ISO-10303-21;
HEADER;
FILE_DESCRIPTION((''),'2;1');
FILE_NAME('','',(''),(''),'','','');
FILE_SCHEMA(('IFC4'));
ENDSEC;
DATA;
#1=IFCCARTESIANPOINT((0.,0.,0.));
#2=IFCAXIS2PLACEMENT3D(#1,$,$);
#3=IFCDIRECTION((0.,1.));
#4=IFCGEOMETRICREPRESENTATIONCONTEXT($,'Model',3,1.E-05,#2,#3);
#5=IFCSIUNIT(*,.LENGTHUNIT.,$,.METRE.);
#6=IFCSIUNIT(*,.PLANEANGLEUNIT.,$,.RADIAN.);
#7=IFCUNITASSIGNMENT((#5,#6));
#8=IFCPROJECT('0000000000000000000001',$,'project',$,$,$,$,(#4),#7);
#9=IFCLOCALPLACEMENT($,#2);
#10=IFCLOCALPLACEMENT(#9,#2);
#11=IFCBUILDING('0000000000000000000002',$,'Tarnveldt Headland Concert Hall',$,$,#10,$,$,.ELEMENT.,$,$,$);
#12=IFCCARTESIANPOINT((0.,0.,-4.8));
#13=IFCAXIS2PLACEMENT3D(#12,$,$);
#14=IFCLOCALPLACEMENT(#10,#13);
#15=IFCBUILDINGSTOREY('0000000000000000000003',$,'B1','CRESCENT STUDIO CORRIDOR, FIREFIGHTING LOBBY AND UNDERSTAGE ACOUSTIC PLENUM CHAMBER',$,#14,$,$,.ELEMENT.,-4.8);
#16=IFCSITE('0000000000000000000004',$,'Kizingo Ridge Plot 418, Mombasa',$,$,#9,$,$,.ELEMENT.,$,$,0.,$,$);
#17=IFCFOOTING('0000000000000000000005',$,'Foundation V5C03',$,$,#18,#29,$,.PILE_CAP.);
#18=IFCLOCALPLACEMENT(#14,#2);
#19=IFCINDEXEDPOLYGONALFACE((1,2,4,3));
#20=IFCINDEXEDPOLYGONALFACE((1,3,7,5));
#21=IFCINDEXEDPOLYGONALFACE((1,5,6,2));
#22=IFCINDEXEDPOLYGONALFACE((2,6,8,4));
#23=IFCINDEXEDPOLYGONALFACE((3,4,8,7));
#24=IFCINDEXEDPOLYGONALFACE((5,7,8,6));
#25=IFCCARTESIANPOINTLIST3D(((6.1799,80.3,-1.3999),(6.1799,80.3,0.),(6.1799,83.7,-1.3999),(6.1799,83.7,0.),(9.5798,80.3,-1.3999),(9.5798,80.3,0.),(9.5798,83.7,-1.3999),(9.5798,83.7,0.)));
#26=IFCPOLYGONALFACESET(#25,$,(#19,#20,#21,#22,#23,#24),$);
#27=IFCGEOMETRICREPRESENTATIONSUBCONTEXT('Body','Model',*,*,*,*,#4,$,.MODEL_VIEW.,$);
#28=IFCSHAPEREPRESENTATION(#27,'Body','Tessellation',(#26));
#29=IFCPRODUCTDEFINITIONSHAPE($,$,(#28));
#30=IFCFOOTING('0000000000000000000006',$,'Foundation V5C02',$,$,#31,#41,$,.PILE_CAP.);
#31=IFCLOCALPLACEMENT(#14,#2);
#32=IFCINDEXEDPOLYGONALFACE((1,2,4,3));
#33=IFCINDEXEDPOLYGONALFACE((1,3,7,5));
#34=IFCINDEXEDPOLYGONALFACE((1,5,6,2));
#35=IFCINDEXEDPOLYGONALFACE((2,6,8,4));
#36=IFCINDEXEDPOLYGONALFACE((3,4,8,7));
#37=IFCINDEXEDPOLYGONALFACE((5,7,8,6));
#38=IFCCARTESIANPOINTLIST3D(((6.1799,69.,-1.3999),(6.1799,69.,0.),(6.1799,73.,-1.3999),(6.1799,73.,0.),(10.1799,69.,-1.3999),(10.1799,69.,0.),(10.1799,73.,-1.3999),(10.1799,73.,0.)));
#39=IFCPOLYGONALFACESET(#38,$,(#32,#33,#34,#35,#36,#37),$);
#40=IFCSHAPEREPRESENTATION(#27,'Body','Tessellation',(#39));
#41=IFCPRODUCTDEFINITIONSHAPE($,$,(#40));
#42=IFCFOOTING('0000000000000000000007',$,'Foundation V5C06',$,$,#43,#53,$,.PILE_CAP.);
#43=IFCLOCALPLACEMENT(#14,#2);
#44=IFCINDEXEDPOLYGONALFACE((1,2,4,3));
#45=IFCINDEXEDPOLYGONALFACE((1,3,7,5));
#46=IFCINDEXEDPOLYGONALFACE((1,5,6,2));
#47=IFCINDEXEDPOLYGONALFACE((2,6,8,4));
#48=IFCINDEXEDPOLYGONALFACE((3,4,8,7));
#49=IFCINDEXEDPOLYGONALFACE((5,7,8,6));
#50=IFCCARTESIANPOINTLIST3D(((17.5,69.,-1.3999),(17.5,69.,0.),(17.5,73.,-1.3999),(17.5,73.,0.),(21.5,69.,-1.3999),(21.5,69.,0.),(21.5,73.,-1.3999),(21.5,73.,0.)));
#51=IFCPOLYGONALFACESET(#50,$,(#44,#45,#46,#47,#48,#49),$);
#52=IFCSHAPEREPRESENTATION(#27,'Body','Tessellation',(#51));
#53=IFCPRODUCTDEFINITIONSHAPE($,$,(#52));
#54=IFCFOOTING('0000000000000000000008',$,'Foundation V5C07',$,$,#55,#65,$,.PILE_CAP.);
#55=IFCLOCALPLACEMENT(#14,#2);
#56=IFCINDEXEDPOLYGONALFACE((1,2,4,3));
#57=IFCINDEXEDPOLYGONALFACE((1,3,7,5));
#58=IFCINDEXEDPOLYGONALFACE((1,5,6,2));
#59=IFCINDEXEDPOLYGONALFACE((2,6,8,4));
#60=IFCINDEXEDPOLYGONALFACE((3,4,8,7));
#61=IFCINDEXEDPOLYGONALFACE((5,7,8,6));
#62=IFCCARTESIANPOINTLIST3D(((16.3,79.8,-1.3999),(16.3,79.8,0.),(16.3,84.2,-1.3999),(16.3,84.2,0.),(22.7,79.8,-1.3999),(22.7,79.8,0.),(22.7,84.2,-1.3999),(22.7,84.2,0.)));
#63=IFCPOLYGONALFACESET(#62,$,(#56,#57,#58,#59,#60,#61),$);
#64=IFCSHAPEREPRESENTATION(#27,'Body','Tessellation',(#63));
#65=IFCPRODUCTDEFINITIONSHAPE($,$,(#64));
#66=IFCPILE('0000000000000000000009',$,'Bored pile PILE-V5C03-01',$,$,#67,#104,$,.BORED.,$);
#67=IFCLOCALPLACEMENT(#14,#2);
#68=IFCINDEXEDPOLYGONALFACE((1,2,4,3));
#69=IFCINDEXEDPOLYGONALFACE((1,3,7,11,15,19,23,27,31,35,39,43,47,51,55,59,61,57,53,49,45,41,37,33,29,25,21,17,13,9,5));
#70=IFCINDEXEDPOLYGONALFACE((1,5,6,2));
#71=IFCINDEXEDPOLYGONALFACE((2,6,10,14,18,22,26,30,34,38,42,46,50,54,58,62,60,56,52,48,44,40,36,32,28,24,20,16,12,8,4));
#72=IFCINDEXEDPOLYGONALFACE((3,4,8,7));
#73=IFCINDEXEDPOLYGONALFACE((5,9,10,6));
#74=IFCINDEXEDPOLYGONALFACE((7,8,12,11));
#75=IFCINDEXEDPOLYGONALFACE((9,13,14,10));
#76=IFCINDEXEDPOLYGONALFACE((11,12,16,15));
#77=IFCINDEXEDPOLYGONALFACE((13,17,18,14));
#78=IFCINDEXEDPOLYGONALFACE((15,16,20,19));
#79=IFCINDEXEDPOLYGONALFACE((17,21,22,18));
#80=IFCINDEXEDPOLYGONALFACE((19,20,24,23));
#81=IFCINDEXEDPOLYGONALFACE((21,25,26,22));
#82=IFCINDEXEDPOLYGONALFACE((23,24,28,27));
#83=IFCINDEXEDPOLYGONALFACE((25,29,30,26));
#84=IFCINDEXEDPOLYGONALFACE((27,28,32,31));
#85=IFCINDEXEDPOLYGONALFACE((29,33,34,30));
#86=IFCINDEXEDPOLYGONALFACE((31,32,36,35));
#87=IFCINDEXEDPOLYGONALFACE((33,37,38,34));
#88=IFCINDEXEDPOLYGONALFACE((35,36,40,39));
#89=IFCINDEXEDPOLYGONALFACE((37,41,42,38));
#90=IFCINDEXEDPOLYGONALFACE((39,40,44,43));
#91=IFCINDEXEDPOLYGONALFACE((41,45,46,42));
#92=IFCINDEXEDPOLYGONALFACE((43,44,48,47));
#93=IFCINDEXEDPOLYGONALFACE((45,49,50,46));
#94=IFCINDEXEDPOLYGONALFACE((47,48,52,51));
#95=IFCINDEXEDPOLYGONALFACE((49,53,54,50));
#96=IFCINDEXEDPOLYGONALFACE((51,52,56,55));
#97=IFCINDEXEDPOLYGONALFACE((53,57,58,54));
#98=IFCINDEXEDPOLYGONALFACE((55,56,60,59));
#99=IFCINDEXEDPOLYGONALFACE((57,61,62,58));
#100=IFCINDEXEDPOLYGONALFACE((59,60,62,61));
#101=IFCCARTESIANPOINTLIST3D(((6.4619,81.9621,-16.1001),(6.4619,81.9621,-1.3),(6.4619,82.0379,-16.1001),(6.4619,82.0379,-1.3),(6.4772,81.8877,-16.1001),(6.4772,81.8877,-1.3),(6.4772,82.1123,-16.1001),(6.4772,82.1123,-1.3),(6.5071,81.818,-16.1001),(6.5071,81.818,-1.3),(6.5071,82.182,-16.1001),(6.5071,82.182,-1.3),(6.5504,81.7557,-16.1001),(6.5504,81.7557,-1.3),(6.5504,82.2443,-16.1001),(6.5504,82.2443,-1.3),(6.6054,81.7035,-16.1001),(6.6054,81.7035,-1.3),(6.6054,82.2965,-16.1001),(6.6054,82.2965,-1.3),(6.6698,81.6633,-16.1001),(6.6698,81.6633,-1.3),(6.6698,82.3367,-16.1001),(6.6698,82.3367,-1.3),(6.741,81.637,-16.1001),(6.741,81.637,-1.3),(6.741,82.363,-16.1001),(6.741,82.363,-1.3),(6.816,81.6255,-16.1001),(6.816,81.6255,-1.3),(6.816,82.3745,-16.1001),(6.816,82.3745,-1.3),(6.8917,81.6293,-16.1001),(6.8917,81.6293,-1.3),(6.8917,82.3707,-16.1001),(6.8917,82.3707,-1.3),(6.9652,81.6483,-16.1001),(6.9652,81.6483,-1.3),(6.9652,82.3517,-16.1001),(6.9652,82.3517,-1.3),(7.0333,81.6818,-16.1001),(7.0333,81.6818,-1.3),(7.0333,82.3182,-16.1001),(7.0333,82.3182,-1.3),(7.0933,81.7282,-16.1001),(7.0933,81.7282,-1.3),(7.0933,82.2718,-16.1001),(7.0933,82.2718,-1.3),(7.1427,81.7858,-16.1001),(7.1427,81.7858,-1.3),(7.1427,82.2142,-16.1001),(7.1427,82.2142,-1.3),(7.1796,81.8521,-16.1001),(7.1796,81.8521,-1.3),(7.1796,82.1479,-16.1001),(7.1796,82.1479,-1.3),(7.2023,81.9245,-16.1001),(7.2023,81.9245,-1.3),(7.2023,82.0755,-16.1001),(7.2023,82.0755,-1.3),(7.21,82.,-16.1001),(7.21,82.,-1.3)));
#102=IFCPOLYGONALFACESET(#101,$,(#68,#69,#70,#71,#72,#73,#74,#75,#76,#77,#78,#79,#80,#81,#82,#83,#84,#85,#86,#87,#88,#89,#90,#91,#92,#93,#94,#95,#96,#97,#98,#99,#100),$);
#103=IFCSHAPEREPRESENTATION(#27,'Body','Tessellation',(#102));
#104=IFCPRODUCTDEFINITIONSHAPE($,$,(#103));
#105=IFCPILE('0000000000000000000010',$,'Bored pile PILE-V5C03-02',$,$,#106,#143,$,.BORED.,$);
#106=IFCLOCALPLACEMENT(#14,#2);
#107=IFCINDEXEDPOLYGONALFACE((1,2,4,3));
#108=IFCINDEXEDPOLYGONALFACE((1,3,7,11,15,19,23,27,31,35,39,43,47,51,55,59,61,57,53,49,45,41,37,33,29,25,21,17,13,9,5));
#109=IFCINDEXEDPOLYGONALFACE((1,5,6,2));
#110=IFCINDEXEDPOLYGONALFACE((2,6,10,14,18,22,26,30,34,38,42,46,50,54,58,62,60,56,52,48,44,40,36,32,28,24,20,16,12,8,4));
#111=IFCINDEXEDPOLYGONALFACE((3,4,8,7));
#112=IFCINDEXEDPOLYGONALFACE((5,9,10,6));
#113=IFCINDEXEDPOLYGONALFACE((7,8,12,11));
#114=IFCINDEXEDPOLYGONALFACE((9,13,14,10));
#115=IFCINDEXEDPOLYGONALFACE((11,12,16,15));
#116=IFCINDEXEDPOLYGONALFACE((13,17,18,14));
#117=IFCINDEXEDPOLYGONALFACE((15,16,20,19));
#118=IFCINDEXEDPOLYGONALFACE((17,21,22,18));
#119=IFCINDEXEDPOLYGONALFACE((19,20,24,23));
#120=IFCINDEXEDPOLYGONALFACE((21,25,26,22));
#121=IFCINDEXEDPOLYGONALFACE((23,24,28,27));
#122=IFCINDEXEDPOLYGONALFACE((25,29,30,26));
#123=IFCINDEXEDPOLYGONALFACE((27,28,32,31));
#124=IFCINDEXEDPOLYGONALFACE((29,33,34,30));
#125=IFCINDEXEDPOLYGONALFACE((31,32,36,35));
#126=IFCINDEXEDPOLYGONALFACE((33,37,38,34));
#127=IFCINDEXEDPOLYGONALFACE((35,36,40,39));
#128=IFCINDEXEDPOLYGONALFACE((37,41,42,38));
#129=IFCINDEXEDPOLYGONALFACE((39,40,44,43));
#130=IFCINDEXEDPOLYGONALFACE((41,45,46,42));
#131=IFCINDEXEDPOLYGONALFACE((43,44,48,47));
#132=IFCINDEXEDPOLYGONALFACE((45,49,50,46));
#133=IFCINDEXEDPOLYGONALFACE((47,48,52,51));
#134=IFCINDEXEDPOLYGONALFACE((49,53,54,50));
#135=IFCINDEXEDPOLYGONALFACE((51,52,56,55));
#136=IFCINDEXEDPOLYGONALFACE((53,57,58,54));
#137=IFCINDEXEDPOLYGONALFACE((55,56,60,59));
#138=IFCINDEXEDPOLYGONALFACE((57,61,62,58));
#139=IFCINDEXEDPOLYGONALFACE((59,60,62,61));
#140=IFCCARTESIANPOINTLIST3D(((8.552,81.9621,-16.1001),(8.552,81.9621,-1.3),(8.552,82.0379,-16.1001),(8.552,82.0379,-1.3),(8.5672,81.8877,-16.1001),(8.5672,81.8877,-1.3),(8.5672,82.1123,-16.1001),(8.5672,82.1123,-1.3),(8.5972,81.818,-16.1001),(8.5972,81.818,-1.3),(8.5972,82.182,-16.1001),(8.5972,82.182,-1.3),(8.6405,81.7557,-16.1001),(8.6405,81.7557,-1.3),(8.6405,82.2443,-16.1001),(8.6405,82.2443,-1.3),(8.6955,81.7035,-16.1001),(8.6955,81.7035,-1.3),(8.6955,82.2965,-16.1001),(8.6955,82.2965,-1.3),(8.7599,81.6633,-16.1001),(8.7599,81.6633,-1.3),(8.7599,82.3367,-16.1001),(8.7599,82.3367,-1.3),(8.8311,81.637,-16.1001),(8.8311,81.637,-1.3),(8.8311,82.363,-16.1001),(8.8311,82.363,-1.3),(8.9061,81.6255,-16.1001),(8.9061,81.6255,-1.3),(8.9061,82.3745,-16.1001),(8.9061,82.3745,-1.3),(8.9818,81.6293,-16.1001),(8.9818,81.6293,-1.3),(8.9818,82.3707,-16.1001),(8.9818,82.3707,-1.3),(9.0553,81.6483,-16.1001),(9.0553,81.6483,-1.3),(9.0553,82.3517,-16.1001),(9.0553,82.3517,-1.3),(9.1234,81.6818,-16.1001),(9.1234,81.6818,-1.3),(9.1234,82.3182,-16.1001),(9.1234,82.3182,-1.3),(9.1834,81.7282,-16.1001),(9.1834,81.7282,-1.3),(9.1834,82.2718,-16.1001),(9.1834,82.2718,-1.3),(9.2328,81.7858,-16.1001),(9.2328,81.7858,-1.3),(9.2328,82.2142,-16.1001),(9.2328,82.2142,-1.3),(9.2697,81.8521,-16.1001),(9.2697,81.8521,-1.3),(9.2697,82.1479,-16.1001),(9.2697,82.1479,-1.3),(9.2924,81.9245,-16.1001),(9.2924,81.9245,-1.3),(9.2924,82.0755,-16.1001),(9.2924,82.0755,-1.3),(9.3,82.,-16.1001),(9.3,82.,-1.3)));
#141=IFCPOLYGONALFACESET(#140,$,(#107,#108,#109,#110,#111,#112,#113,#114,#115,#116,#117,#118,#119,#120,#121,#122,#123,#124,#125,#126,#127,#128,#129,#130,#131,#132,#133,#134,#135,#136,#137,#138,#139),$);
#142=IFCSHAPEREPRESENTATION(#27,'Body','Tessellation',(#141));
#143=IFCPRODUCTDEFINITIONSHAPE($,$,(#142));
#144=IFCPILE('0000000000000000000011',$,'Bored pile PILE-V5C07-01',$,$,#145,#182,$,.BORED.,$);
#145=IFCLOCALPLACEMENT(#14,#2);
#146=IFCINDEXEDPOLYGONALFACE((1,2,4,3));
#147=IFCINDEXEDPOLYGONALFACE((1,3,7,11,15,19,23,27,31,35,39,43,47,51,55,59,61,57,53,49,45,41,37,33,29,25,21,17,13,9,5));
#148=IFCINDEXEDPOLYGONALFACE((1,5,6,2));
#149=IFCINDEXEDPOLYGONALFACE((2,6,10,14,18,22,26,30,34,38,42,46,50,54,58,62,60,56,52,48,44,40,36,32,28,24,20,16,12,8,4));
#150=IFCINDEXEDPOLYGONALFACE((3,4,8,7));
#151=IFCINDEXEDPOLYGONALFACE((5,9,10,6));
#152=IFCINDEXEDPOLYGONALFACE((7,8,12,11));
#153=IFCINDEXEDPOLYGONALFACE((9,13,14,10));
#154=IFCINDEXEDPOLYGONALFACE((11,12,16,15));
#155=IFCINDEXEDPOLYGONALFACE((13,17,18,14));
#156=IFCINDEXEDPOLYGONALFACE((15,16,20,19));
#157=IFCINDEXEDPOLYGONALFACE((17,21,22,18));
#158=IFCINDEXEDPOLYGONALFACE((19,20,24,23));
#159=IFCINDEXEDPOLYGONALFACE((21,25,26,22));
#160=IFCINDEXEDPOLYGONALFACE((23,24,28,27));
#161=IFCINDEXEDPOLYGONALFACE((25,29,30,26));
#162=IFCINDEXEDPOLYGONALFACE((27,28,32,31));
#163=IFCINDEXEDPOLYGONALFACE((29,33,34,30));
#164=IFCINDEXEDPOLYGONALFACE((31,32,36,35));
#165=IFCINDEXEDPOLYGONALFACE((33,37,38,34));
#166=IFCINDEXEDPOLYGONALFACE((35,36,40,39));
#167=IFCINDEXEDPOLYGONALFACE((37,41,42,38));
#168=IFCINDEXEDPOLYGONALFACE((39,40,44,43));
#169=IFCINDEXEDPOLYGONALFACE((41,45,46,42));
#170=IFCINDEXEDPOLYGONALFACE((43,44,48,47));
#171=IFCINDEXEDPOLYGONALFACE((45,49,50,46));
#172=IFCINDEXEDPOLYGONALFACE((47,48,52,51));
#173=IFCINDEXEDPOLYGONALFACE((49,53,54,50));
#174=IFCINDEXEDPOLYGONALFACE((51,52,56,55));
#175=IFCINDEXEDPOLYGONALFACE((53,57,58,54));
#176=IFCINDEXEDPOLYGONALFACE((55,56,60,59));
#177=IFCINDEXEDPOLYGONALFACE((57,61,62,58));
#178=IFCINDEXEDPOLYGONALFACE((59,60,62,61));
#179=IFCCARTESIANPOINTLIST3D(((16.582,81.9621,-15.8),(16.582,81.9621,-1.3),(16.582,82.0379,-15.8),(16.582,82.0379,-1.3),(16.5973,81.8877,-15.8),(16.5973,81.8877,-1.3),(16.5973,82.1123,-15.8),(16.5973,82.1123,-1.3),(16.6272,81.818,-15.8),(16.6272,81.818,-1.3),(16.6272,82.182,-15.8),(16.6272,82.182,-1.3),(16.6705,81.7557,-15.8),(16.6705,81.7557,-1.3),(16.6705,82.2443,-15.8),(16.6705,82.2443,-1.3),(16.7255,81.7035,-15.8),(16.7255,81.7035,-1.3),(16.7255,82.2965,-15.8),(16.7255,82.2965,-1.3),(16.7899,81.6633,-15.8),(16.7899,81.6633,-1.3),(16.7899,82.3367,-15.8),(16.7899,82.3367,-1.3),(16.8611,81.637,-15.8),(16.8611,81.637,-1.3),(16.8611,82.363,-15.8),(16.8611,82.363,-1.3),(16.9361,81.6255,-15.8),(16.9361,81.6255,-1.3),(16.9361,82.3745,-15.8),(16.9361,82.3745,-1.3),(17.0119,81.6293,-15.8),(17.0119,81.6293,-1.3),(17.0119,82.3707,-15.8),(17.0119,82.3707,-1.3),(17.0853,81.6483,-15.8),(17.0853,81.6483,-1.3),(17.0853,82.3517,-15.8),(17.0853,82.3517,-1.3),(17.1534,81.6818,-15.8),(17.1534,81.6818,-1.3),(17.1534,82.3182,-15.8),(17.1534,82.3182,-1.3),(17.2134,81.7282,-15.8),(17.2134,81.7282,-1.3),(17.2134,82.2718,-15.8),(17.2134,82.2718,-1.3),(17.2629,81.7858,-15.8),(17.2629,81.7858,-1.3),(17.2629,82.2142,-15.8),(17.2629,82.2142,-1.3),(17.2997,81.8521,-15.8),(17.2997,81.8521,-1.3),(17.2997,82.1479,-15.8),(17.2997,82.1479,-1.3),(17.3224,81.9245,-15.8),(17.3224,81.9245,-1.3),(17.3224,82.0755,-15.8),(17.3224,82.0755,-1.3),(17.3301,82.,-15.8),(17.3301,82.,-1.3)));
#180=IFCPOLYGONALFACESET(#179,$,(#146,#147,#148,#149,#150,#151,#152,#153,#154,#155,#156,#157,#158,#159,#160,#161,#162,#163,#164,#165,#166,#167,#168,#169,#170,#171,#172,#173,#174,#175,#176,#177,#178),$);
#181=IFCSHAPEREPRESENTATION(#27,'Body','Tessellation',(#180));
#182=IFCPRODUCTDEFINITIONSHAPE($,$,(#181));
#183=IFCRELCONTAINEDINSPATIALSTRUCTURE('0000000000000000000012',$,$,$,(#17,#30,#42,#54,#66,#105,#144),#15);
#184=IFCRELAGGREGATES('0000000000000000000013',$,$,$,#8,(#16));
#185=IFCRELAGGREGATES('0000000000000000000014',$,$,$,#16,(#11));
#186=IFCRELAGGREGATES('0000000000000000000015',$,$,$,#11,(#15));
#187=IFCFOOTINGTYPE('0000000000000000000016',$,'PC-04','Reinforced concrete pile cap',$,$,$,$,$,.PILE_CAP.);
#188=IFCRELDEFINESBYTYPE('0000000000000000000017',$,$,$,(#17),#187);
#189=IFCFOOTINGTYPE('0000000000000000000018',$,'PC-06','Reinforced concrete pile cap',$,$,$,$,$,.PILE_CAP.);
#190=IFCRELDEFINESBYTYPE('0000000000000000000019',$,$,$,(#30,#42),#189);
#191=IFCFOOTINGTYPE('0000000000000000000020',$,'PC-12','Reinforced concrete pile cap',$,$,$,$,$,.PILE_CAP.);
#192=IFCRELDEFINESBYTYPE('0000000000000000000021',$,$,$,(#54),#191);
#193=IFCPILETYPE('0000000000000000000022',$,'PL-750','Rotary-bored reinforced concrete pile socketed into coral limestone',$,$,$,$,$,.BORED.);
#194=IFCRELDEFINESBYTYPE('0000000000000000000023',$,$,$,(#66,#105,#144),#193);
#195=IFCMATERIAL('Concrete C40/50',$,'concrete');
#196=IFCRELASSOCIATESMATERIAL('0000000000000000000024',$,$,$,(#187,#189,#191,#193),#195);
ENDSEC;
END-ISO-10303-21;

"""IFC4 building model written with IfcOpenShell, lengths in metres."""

from ifc_helpers import new_model, si_unit, direction, frame, origin, origin_2d, place, context, subcontext, project, spatial, rectangle, circle, extrude, material, material_profile, profile_set, type_object, element, save


model = new_model("IFC4")

# Units and contexts
model_context = context("Model", 3, precision=1e-05, world=origin(), true_north=direction((0.0, 1.0)))
body_context = subcontext(model_context, "Body", "Model", "MODEL_VIEW")
ifc_project = project(units=[si_unit("LENGTHUNIT", "METRE"), si_unit("PLANEANGLEUNIT", "RADIAN")], contexts=[model_context])

# Site, building, storey
site_placement = place(None, origin())
site = spatial("IfcSite", under=ifc_project, at=site_placement, Name="Kizingo Ridge Plot 418, Mombasa", CompositionType="ELEMENT", RefElevation=0.0)
building_placement = place(site_placement, origin())
building = spatial("IfcBuilding", under=site, at=building_placement, Name="Tarnveldt Headland Concert Hall", CompositionType="ELEMENT")
storey_placement = place(building_placement, frame((0.0, 0.0, -4.8)))
storey = spatial("IfcBuildingStorey", under=building, at=storey_placement, Name="B1", Description="CRESCENT STUDIO CORRIDOR, FIREFIGHTING LOBBY AND UNDERSTAGE ACOUSTIC PLENUM CHAMBER", CompositionType="ELEMENT", Elevation=-4.8)

# Footings
ifc_material_1 = material(Name="Concrete C40/50", Category="concrete")
footing_type_1 = type_object("IfcFootingType", Name="PC-04", Description="Reinforced concrete pile cap", PredefinedType="PILE_CAP", material=ifc_material_1)
footing_1_placement = place(storey_placement, frame((7.8799, 82.0, -1.3999), z_axis=(0.0, 0.0, 1.0), x_axis=(1.0, 0.0, 0.0)))
element("IfcFooting", 1, at=footing_1_placement, inside=storey, type_object=footing_type_1, Name="Foundation V5C03", PredefinedType="PILE_CAP", context=body_context, shape_type="SweptSolid", body=[
    extrude(rectangle(XDim=3.3999, YDim=3.3999, at=origin_2d()), origin(), (0.0, 0.0, 1.0), 1.3999),
])
footing_type_2 = type_object("IfcFootingType", Name="PC-06", Description="Reinforced concrete pile cap", PredefinedType="PILE_CAP", material=ifc_material_1)
for number, where, z_axis, x_axis, name in (
    (2, (8.1799, 71.0, -1.3999), (0.0, 0.0, 1.0), (1.0, 0.0, 0.0), "Foundation V5C02"),
    (3, (19.5, 71.0, -1.3999), (0.0, 0.0, 1.0), (1.0, 0.0, 0.0), "Foundation V5C06"),
):
    element("IfcFooting", number, at=place(storey_placement, frame(where, z_axis=z_axis, x_axis=x_axis)), inside=storey, type_object=footing_type_2, Name=name, PredefinedType="PILE_CAP", context=body_context, shape_type="SweptSolid", body=[
        extrude(rectangle(XDim=4.0, YDim=4.0, at=origin_2d()), origin(), (0.0, 0.0, 1.0), 1.3999),
    ])
footing_type_3 = type_object("IfcFootingType", Name="PC-12", Description="Reinforced concrete pile cap", PredefinedType="PILE_CAP", material=ifc_material_1)
footing_2_placement = place(storey_placement, frame((19.5, 82.0, -1.3999), z_axis=(0.0, 0.0, 1.0), x_axis=(1.0, 0.0, 0.0)))
element("IfcFooting", 4, at=footing_2_placement, inside=storey, type_object=footing_type_3, Name="Foundation V5C07", PredefinedType="PILE_CAP", context=body_context, shape_type="SweptSolid", body=[
    extrude(rectangle(XDim=6.3999, YDim=4.3999, at=origin_2d()), origin(), (0.0, 0.0, 1.0), 1.3999),
])

# Piles
ifc_material_profile_1 = material_profile(ifc_material_1, circle(Radius=0.375, at=origin_2d()), Name="BORED PILE D750", Category="concrete")
ifc_profile_set_1 = profile_set([ifc_material_profile_1], Name="Concrete C40/50")
pile_type_1 = type_object("IfcPileType", Name="PL-750", Description="Rotary-bored reinforced concrete pile socketed into coral limestone", PredefinedType="BORED", material=ifc_profile_set_1)
for number, where, z_axis, x_axis, name in (
    (5, (6.835, 82.0, -1.3), (0.0, 0.0, -1.0), (1.0, 0.0, 0.0), "Bored pile PILE-V5C03-01"),
    (6, (8.925, 82.0, -1.3), (0.0, 0.0, -1.0), (1.0, 0.0, 0.0), "Bored pile PILE-V5C03-02"),
):
    element("IfcPile", number, at=place(storey_placement, frame(where, z_axis=z_axis, x_axis=x_axis)), inside=storey, type_object=pile_type_1, Name=name, PredefinedType="BORED", context=body_context, shape_type="SweptSolid", body=[
        extrude(circle(Radius=0.375, at=origin_2d()), origin(), (0.0, 0.0, 1.0), 14.8),
    ])
pile_1_placement = place(storey_placement, frame((16.9551, 82.0, -1.3), z_axis=(0.0, 0.0, -1.0), x_axis=(1.0, 0.0, 0.0)))
element("IfcPile", 7, at=pile_1_placement, inside=storey, type_object=pile_type_1, Name="Bored pile PILE-V5C07-01", PredefinedType="BORED", context=body_context, shape_type="SweptSolid", body=[
    extrude(circle(Radius=0.375, at=origin_2d()), origin(), (0.0, 0.0, 1.0), 14.5),
])

save(model, "model.ifc")
